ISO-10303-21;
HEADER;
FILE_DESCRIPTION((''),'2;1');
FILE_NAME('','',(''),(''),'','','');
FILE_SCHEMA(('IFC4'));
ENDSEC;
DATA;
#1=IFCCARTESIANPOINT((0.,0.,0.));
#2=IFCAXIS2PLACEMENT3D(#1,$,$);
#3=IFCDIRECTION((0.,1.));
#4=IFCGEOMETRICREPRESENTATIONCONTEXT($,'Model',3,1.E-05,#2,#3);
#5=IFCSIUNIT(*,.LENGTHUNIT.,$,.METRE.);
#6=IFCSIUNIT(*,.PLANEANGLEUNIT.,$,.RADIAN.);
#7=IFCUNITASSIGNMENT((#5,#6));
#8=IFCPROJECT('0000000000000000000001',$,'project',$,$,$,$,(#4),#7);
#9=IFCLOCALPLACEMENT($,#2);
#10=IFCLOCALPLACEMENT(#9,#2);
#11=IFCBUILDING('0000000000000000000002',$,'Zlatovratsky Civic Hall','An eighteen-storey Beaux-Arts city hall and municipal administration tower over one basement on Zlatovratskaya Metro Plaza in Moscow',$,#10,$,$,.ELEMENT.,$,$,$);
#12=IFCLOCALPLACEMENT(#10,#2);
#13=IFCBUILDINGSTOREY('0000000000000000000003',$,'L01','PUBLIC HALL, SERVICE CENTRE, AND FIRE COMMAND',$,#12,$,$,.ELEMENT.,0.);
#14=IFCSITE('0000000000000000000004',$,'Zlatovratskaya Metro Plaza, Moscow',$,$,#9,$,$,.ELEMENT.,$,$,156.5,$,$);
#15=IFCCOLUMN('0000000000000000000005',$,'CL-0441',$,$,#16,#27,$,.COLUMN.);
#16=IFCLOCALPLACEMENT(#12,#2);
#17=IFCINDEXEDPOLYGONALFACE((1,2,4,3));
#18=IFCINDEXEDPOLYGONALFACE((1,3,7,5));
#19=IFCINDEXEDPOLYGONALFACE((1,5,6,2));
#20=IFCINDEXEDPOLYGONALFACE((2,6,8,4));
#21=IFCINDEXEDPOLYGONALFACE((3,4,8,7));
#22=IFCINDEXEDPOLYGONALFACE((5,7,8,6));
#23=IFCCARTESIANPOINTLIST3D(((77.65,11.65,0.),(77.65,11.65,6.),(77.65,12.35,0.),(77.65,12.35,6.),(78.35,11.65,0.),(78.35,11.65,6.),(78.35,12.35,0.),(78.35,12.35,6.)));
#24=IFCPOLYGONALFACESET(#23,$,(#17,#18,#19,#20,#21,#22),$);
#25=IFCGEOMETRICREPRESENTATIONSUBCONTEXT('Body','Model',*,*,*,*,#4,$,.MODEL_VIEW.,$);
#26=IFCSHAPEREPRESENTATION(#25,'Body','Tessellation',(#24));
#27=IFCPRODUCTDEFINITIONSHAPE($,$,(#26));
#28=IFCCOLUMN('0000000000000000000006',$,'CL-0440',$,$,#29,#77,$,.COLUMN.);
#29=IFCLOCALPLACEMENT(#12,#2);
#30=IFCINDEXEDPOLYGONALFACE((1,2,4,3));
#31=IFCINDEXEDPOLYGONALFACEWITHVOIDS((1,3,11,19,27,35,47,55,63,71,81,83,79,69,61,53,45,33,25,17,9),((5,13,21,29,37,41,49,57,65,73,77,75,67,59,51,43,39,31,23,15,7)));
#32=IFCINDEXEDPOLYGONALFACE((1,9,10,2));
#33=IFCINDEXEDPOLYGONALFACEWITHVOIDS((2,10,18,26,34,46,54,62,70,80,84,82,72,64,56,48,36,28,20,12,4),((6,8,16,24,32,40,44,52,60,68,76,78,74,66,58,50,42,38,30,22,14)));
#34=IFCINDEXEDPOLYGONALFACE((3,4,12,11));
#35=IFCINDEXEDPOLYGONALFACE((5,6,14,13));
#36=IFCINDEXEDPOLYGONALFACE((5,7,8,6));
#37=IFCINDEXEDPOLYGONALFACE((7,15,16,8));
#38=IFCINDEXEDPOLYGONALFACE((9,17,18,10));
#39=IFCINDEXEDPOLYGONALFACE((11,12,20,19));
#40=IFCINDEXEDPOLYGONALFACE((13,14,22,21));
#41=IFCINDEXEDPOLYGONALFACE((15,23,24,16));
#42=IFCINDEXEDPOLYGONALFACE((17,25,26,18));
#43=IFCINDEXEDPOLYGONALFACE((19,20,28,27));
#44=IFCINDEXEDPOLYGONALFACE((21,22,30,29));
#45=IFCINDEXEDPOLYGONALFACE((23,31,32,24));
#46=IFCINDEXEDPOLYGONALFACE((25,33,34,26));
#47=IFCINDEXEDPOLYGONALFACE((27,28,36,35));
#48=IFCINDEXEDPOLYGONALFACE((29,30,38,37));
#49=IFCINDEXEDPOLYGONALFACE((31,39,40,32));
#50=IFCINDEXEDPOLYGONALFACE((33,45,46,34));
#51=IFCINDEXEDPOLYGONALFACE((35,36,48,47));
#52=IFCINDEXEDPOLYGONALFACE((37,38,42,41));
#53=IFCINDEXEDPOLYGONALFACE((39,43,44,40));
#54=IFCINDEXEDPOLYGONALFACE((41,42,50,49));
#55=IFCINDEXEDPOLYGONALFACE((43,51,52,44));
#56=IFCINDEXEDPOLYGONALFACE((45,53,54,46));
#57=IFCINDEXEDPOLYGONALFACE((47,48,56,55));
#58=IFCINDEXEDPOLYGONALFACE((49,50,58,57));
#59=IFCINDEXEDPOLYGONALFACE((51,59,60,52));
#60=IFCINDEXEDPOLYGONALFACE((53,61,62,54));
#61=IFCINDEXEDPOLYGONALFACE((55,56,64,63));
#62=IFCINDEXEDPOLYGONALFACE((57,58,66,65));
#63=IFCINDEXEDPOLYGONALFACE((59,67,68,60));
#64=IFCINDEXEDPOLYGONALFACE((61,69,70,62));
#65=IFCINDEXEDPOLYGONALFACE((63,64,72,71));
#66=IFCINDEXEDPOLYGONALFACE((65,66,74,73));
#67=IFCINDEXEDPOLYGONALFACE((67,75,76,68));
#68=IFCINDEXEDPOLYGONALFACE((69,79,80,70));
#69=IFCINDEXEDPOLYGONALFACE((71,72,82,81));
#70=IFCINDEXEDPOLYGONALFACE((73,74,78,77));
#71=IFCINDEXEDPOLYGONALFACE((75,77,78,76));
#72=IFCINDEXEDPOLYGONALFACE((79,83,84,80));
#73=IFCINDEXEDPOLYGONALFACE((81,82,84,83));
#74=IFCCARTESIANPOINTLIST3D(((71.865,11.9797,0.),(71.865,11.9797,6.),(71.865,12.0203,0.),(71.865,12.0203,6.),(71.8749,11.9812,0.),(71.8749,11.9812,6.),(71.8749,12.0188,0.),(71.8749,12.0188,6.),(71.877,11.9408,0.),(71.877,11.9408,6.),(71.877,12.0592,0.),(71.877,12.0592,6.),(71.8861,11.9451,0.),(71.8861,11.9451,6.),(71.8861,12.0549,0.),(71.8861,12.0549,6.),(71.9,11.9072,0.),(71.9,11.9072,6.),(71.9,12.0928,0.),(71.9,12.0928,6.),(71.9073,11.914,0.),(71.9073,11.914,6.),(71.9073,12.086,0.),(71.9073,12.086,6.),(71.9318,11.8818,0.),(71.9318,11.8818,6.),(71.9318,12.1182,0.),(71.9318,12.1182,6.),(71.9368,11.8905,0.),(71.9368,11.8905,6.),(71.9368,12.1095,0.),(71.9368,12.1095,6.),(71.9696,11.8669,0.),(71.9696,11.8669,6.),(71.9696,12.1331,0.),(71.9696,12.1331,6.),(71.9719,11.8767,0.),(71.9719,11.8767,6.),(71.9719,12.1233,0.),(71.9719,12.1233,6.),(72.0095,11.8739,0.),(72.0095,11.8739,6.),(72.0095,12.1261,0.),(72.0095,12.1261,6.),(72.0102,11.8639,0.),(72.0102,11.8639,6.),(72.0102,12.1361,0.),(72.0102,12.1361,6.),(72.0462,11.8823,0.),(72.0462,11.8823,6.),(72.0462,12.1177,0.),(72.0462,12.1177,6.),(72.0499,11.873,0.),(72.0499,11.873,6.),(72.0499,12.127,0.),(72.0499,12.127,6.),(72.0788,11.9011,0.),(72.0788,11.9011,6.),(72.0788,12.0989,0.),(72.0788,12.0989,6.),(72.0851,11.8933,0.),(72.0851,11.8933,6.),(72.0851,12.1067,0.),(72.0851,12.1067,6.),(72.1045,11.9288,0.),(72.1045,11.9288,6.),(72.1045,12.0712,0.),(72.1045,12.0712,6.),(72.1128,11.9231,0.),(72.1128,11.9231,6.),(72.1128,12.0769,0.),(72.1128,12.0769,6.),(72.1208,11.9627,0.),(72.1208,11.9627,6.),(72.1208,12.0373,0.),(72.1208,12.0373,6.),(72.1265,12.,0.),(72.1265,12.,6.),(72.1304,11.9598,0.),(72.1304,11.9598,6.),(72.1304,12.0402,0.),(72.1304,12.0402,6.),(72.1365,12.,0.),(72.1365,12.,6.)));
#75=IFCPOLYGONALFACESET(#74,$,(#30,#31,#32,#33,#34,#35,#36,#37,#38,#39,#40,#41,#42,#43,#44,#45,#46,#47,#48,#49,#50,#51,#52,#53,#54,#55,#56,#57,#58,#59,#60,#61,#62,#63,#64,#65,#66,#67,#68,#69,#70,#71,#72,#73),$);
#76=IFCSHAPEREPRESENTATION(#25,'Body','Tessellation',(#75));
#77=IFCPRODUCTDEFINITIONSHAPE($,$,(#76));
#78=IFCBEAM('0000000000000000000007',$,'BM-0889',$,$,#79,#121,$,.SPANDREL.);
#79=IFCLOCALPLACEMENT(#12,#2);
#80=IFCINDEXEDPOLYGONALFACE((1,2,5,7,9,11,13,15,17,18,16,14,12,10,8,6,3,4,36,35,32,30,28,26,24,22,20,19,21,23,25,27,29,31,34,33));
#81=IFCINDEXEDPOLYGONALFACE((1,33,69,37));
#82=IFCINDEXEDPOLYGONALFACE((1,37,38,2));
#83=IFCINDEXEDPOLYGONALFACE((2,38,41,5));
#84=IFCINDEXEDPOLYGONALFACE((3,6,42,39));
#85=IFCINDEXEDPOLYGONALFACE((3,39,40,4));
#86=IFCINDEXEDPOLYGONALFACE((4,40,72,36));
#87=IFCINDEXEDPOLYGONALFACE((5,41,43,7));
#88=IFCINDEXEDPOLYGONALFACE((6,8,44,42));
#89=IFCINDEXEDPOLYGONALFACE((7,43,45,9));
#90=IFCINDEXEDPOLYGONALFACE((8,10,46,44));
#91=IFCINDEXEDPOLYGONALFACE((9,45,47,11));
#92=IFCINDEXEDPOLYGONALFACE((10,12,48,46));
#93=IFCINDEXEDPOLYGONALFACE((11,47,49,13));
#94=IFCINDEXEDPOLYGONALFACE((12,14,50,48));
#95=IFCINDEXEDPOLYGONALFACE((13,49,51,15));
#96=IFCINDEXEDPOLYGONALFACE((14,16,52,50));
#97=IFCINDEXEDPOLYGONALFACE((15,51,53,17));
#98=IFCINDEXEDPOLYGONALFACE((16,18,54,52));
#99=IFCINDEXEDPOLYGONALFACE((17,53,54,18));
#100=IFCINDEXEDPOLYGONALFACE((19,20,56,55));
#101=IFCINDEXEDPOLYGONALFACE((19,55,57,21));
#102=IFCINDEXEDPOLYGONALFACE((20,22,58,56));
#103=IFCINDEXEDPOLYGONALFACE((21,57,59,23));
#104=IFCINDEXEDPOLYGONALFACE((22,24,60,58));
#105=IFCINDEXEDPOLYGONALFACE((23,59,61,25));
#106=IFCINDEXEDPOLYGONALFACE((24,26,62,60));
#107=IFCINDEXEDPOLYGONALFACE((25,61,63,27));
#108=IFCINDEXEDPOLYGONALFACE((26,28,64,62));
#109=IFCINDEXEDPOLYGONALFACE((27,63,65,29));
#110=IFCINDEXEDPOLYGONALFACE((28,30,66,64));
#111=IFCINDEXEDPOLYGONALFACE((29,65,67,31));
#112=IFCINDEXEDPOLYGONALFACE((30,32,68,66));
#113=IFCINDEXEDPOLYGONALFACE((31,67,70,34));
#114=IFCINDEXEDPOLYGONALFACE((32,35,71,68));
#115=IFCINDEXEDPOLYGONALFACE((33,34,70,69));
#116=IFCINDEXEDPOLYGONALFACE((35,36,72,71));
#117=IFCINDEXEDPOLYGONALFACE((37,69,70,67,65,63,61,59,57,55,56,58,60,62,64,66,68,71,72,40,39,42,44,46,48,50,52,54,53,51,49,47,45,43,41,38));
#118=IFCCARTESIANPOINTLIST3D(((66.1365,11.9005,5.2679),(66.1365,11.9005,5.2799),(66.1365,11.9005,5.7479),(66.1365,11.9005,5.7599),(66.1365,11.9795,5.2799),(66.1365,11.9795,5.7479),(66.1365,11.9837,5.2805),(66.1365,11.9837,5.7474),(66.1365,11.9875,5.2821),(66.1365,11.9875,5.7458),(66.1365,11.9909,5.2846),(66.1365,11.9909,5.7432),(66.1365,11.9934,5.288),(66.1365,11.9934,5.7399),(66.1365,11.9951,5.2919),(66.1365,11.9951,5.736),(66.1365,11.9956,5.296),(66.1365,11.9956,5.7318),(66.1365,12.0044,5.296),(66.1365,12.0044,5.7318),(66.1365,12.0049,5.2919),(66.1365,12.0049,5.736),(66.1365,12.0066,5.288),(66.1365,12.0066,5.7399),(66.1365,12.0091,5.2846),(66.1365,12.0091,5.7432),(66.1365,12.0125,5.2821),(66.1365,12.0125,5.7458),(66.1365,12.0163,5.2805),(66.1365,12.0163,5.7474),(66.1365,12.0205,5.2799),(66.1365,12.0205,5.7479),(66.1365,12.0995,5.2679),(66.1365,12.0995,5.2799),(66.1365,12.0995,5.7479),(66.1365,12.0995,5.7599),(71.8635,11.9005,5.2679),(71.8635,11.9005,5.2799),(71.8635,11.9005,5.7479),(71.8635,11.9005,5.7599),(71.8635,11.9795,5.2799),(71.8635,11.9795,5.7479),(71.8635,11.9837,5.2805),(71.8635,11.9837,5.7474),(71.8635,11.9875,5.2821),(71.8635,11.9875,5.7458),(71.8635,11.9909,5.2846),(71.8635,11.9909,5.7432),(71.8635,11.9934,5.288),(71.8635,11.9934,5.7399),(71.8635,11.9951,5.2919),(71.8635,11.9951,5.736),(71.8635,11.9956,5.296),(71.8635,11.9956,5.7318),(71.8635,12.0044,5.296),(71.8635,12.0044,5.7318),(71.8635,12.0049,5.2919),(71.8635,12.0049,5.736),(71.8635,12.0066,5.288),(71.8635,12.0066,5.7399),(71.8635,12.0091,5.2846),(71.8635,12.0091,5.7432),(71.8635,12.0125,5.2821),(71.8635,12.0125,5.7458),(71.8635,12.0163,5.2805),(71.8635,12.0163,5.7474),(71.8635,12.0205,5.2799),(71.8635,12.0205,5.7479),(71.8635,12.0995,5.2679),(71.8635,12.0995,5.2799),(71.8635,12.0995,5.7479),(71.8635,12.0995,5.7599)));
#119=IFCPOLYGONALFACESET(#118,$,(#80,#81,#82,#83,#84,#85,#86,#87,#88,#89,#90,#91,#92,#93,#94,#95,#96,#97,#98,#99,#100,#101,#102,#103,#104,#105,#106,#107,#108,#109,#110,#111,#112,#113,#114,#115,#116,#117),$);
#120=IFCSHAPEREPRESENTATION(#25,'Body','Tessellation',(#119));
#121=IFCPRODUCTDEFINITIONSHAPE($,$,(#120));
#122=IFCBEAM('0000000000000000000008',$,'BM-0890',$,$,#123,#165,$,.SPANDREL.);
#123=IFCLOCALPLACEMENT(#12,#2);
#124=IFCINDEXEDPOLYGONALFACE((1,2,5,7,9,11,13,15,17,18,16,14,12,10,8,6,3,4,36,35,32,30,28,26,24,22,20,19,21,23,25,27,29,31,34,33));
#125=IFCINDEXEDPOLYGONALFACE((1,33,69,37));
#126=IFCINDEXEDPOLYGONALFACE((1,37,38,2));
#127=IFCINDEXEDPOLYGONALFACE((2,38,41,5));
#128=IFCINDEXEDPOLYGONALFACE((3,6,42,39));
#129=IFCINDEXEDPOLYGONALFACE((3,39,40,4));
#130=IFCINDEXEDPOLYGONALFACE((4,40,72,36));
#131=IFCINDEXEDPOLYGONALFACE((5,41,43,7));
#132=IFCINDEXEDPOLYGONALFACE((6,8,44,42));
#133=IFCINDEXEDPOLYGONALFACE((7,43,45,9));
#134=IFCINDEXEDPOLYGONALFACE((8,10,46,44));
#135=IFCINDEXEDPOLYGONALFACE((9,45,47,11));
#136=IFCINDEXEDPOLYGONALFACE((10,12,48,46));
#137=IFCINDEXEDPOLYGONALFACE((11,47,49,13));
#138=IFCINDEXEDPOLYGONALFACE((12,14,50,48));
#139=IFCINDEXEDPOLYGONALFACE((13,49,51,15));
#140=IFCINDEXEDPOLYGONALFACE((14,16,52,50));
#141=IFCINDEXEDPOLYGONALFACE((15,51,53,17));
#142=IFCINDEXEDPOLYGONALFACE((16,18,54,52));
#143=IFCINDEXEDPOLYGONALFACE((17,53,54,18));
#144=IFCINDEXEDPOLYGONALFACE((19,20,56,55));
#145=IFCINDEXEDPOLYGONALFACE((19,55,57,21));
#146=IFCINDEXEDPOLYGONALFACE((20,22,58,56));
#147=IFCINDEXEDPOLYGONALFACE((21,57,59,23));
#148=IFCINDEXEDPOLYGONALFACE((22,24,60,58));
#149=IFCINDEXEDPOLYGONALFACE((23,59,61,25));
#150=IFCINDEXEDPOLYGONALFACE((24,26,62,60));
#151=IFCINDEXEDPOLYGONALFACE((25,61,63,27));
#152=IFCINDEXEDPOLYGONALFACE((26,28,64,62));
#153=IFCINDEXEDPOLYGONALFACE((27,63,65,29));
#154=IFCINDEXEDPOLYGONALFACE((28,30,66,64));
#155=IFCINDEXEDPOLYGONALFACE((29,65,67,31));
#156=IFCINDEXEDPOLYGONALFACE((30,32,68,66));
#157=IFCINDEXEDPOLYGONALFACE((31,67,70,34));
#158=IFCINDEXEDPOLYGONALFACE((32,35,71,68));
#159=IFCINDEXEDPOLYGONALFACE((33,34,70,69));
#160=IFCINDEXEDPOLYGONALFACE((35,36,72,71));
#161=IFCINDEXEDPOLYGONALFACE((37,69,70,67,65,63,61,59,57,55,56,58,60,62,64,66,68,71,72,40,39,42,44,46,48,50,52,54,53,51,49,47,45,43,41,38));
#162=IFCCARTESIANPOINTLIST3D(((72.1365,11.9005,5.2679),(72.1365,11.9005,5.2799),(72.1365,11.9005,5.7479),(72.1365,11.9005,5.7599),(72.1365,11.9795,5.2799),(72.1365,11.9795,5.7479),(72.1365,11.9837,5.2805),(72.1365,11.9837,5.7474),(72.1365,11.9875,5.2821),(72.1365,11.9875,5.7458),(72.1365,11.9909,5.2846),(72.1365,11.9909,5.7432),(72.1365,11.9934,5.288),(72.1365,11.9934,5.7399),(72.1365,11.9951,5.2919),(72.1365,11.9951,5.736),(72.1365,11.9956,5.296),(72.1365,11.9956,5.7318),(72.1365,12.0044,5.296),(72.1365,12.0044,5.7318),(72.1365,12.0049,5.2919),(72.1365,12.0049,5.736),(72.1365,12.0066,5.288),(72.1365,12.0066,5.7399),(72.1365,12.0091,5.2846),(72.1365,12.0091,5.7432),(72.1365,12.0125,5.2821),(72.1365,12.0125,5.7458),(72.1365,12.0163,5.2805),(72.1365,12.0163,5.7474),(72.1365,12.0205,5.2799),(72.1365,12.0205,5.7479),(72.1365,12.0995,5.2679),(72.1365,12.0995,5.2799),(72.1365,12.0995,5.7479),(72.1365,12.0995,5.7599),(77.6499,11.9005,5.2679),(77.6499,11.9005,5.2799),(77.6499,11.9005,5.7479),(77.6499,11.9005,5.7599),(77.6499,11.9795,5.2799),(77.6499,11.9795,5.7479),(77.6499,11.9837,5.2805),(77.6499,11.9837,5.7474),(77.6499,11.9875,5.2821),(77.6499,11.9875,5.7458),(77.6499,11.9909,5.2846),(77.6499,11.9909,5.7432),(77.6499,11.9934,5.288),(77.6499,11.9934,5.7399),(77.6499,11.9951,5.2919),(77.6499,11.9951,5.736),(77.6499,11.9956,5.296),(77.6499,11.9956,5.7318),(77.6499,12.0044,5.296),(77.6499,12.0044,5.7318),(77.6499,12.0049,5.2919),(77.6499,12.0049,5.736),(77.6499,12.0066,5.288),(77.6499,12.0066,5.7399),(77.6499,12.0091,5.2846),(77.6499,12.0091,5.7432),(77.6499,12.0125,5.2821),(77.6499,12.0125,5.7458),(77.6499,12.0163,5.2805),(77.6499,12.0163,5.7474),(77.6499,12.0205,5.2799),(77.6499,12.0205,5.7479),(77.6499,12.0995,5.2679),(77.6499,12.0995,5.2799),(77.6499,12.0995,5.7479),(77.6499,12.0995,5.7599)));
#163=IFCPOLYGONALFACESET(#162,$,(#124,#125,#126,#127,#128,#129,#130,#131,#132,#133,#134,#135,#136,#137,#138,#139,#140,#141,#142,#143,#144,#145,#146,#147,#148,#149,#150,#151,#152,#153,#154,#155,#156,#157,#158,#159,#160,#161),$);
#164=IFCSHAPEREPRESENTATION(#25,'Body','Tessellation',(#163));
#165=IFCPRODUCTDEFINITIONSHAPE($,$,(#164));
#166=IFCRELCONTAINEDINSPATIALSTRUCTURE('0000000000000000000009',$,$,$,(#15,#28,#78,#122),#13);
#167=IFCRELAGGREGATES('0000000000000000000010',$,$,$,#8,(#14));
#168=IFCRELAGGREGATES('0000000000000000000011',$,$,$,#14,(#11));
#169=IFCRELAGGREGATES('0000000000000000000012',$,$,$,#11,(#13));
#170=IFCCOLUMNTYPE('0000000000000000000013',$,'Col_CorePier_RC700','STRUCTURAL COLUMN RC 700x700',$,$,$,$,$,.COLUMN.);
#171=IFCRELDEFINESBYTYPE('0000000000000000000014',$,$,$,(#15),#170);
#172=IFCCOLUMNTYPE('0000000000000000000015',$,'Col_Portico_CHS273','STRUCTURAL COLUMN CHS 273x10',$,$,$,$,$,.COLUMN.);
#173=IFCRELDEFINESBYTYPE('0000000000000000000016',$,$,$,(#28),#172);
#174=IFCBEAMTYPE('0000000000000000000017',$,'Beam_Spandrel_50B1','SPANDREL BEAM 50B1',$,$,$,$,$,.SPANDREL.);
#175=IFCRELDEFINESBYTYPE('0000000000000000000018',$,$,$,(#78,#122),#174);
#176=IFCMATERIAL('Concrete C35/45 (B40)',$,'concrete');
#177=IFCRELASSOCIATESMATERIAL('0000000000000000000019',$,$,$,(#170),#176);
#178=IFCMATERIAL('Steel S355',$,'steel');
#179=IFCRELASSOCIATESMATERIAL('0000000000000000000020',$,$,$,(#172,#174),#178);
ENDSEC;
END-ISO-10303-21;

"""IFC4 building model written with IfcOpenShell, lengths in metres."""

from ifc_helpers import new_model, si_unit, direction, frame, origin, origin_2d, place, context, subcontext, project, spatial, rectangle, hollow_circle, i_section, extrude, material, material_profile, profile_set, type_object, element, save


model = new_model("IFC4")

# Units and contexts
model_context = context("Model", 3, precision=1e-05, world=origin(), true_north=direction((0.0, 1.0)))
body_context = subcontext(model_context, "Body", "Model", "MODEL_VIEW")
ifc_project = project(units=[si_unit("LENGTHUNIT", "METRE"), si_unit("PLANEANGLEUNIT", "RADIAN")], contexts=[model_context])

# Site, building, storey
site_placement = place(None, origin())
site = spatial("IfcSite", under=ifc_project, at=site_placement, Name="Zlatovratskaya Metro Plaza, Moscow", CompositionType="ELEMENT", RefElevation=156.5)
building_placement = place(site_placement, origin())
building = spatial("IfcBuilding", under=site, at=building_placement, Name="Zlatovratsky Civic Hall", Description="An eighteen-storey Beaux-Arts city hall and municipal administration tower over one basement on Zlatovratskaya Metro Plaza in Moscow", CompositionType="ELEMENT")
storey_placement = place(building_placement, origin())
storey = spatial("IfcBuildingStorey", under=building, at=storey_placement, Name="L01", Description="PUBLIC HALL, SERVICE CENTRE, AND FIRE COMMAND", CompositionType="ELEMENT", Elevation=0.0)

# Columns
ifc_material_1 = material(Name="Concrete C35/45 (B40)", Category="concrete")
ifc_material_profile_1 = material_profile(ifc_material_1, rectangle(XDim=0.7, YDim=0.7, at=origin_2d()), Name="RC 700x700")
ifc_profile_set_1 = profile_set([ifc_material_profile_1], Name="Concrete C35/45 (B40)")
column_type_1 = type_object("IfcColumnType", Name="Col_CorePier_RC700", Description="STRUCTURAL COLUMN RC 700x700", PredefinedType="COLUMN", material=ifc_profile_set_1)
column_1_placement = place(storey_placement, frame((78.0, 12.0, 0.0), z_axis=(0.0, 0.0, 1.0), x_axis=(1.0, 0.0, 0.0)))
element("IfcColumn", 1, at=column_1_placement, inside=storey, type_object=column_type_1, Name="CL-0441", PredefinedType="COLUMN", context=body_context, shape_type="SweptSolid", body=[
    extrude(rectangle(XDim=0.7, YDim=0.7, at=origin_2d()), origin(), (0.0, 0.0, 1.0), 6.0),
])
ifc_material_2 = material(Name="Steel S355", Category="steel")
ifc_material_profile_2 = material_profile(ifc_material_2, hollow_circle(Radius=0.1365, WallThickness=0.01, at=origin_2d()), Name="CHS 273x10")
ifc_profile_set_2 = profile_set([ifc_material_profile_2], Name="Steel S355")
column_type_2 = type_object("IfcColumnType", Name="Col_Portico_CHS273", Description="STRUCTURAL COLUMN CHS 273x10", PredefinedType="COLUMN", material=ifc_profile_set_2)
column_2_placement = place(storey_placement, frame((72.0, 12.0, 0.0), z_axis=(0.0, 0.0, 1.0), x_axis=(1.0, 0.0, 0.0)))
element("IfcColumn", 2, at=column_2_placement, inside=storey, type_object=column_type_2, Name="CL-0440", PredefinedType="COLUMN", context=body_context, shape_type="SweptSolid", body=[
    extrude(hollow_circle(Radius=0.1365, WallThickness=0.01, at=origin_2d()), origin(), (0.0, 0.0, 1.0), 6.0),
])

# Beams
ifc_material_profile_3 = material_profile(ifc_material_2, i_section(OverallWidth=0.199, OverallDepth=0.4919, WebThickness=0.0088, FlangeThickness=0.012, FilletRadius=0.0161, at=origin_2d()), Name="50B1")
ifc_profile_set_3 = profile_set([ifc_material_profile_3], Name="Steel S355")
beam_type_1 = type_object("IfcBeamType", Name="Beam_Spandrel_50B1", Description="SPANDREL BEAM 50B1", PredefinedType="SPANDREL", material=ifc_profile_set_3)
beam_1_placement = place(storey_placement, frame((66.1365, 12.0, 5.5139), z_axis=(1.0, 0.0, 0.0), x_axis=(0.0, 1.0, 0.0)))
element("IfcBeam", 3, at=beam_1_placement, inside=storey, type_object=beam_type_1, Name="BM-0889", PredefinedType="SPANDREL", context=body_context, shape_type="SweptSolid", body=[
    extrude(i_section(OverallWidth=0.199, OverallDepth=0.4919, WebThickness=0.0088, FlangeThickness=0.012, FilletRadius=0.0161, at=origin_2d()), origin(), (0.0, 0.0, 1.0), 5.7271),
])
beam_2_placement = place(storey_placement, frame((72.1365, 12.0, 5.5139), z_axis=(1.0, 0.0, 0.0), x_axis=(0.0, 1.0, 0.0)))
element("IfcBeam", 4, at=beam_2_placement, inside=storey, type_object=beam_type_1, Name="BM-0890", PredefinedType="SPANDREL", context=body_context, shape_type="SweptSolid", body=[
    extrude(i_section(OverallWidth=0.199, OverallDepth=0.4919, WebThickness=0.0088, FlangeThickness=0.012, FilletRadius=0.0161, at=origin_2d()), origin(), (0.0, 0.0, 1.0), 5.5134),
])

save(model, "model.ifc")
